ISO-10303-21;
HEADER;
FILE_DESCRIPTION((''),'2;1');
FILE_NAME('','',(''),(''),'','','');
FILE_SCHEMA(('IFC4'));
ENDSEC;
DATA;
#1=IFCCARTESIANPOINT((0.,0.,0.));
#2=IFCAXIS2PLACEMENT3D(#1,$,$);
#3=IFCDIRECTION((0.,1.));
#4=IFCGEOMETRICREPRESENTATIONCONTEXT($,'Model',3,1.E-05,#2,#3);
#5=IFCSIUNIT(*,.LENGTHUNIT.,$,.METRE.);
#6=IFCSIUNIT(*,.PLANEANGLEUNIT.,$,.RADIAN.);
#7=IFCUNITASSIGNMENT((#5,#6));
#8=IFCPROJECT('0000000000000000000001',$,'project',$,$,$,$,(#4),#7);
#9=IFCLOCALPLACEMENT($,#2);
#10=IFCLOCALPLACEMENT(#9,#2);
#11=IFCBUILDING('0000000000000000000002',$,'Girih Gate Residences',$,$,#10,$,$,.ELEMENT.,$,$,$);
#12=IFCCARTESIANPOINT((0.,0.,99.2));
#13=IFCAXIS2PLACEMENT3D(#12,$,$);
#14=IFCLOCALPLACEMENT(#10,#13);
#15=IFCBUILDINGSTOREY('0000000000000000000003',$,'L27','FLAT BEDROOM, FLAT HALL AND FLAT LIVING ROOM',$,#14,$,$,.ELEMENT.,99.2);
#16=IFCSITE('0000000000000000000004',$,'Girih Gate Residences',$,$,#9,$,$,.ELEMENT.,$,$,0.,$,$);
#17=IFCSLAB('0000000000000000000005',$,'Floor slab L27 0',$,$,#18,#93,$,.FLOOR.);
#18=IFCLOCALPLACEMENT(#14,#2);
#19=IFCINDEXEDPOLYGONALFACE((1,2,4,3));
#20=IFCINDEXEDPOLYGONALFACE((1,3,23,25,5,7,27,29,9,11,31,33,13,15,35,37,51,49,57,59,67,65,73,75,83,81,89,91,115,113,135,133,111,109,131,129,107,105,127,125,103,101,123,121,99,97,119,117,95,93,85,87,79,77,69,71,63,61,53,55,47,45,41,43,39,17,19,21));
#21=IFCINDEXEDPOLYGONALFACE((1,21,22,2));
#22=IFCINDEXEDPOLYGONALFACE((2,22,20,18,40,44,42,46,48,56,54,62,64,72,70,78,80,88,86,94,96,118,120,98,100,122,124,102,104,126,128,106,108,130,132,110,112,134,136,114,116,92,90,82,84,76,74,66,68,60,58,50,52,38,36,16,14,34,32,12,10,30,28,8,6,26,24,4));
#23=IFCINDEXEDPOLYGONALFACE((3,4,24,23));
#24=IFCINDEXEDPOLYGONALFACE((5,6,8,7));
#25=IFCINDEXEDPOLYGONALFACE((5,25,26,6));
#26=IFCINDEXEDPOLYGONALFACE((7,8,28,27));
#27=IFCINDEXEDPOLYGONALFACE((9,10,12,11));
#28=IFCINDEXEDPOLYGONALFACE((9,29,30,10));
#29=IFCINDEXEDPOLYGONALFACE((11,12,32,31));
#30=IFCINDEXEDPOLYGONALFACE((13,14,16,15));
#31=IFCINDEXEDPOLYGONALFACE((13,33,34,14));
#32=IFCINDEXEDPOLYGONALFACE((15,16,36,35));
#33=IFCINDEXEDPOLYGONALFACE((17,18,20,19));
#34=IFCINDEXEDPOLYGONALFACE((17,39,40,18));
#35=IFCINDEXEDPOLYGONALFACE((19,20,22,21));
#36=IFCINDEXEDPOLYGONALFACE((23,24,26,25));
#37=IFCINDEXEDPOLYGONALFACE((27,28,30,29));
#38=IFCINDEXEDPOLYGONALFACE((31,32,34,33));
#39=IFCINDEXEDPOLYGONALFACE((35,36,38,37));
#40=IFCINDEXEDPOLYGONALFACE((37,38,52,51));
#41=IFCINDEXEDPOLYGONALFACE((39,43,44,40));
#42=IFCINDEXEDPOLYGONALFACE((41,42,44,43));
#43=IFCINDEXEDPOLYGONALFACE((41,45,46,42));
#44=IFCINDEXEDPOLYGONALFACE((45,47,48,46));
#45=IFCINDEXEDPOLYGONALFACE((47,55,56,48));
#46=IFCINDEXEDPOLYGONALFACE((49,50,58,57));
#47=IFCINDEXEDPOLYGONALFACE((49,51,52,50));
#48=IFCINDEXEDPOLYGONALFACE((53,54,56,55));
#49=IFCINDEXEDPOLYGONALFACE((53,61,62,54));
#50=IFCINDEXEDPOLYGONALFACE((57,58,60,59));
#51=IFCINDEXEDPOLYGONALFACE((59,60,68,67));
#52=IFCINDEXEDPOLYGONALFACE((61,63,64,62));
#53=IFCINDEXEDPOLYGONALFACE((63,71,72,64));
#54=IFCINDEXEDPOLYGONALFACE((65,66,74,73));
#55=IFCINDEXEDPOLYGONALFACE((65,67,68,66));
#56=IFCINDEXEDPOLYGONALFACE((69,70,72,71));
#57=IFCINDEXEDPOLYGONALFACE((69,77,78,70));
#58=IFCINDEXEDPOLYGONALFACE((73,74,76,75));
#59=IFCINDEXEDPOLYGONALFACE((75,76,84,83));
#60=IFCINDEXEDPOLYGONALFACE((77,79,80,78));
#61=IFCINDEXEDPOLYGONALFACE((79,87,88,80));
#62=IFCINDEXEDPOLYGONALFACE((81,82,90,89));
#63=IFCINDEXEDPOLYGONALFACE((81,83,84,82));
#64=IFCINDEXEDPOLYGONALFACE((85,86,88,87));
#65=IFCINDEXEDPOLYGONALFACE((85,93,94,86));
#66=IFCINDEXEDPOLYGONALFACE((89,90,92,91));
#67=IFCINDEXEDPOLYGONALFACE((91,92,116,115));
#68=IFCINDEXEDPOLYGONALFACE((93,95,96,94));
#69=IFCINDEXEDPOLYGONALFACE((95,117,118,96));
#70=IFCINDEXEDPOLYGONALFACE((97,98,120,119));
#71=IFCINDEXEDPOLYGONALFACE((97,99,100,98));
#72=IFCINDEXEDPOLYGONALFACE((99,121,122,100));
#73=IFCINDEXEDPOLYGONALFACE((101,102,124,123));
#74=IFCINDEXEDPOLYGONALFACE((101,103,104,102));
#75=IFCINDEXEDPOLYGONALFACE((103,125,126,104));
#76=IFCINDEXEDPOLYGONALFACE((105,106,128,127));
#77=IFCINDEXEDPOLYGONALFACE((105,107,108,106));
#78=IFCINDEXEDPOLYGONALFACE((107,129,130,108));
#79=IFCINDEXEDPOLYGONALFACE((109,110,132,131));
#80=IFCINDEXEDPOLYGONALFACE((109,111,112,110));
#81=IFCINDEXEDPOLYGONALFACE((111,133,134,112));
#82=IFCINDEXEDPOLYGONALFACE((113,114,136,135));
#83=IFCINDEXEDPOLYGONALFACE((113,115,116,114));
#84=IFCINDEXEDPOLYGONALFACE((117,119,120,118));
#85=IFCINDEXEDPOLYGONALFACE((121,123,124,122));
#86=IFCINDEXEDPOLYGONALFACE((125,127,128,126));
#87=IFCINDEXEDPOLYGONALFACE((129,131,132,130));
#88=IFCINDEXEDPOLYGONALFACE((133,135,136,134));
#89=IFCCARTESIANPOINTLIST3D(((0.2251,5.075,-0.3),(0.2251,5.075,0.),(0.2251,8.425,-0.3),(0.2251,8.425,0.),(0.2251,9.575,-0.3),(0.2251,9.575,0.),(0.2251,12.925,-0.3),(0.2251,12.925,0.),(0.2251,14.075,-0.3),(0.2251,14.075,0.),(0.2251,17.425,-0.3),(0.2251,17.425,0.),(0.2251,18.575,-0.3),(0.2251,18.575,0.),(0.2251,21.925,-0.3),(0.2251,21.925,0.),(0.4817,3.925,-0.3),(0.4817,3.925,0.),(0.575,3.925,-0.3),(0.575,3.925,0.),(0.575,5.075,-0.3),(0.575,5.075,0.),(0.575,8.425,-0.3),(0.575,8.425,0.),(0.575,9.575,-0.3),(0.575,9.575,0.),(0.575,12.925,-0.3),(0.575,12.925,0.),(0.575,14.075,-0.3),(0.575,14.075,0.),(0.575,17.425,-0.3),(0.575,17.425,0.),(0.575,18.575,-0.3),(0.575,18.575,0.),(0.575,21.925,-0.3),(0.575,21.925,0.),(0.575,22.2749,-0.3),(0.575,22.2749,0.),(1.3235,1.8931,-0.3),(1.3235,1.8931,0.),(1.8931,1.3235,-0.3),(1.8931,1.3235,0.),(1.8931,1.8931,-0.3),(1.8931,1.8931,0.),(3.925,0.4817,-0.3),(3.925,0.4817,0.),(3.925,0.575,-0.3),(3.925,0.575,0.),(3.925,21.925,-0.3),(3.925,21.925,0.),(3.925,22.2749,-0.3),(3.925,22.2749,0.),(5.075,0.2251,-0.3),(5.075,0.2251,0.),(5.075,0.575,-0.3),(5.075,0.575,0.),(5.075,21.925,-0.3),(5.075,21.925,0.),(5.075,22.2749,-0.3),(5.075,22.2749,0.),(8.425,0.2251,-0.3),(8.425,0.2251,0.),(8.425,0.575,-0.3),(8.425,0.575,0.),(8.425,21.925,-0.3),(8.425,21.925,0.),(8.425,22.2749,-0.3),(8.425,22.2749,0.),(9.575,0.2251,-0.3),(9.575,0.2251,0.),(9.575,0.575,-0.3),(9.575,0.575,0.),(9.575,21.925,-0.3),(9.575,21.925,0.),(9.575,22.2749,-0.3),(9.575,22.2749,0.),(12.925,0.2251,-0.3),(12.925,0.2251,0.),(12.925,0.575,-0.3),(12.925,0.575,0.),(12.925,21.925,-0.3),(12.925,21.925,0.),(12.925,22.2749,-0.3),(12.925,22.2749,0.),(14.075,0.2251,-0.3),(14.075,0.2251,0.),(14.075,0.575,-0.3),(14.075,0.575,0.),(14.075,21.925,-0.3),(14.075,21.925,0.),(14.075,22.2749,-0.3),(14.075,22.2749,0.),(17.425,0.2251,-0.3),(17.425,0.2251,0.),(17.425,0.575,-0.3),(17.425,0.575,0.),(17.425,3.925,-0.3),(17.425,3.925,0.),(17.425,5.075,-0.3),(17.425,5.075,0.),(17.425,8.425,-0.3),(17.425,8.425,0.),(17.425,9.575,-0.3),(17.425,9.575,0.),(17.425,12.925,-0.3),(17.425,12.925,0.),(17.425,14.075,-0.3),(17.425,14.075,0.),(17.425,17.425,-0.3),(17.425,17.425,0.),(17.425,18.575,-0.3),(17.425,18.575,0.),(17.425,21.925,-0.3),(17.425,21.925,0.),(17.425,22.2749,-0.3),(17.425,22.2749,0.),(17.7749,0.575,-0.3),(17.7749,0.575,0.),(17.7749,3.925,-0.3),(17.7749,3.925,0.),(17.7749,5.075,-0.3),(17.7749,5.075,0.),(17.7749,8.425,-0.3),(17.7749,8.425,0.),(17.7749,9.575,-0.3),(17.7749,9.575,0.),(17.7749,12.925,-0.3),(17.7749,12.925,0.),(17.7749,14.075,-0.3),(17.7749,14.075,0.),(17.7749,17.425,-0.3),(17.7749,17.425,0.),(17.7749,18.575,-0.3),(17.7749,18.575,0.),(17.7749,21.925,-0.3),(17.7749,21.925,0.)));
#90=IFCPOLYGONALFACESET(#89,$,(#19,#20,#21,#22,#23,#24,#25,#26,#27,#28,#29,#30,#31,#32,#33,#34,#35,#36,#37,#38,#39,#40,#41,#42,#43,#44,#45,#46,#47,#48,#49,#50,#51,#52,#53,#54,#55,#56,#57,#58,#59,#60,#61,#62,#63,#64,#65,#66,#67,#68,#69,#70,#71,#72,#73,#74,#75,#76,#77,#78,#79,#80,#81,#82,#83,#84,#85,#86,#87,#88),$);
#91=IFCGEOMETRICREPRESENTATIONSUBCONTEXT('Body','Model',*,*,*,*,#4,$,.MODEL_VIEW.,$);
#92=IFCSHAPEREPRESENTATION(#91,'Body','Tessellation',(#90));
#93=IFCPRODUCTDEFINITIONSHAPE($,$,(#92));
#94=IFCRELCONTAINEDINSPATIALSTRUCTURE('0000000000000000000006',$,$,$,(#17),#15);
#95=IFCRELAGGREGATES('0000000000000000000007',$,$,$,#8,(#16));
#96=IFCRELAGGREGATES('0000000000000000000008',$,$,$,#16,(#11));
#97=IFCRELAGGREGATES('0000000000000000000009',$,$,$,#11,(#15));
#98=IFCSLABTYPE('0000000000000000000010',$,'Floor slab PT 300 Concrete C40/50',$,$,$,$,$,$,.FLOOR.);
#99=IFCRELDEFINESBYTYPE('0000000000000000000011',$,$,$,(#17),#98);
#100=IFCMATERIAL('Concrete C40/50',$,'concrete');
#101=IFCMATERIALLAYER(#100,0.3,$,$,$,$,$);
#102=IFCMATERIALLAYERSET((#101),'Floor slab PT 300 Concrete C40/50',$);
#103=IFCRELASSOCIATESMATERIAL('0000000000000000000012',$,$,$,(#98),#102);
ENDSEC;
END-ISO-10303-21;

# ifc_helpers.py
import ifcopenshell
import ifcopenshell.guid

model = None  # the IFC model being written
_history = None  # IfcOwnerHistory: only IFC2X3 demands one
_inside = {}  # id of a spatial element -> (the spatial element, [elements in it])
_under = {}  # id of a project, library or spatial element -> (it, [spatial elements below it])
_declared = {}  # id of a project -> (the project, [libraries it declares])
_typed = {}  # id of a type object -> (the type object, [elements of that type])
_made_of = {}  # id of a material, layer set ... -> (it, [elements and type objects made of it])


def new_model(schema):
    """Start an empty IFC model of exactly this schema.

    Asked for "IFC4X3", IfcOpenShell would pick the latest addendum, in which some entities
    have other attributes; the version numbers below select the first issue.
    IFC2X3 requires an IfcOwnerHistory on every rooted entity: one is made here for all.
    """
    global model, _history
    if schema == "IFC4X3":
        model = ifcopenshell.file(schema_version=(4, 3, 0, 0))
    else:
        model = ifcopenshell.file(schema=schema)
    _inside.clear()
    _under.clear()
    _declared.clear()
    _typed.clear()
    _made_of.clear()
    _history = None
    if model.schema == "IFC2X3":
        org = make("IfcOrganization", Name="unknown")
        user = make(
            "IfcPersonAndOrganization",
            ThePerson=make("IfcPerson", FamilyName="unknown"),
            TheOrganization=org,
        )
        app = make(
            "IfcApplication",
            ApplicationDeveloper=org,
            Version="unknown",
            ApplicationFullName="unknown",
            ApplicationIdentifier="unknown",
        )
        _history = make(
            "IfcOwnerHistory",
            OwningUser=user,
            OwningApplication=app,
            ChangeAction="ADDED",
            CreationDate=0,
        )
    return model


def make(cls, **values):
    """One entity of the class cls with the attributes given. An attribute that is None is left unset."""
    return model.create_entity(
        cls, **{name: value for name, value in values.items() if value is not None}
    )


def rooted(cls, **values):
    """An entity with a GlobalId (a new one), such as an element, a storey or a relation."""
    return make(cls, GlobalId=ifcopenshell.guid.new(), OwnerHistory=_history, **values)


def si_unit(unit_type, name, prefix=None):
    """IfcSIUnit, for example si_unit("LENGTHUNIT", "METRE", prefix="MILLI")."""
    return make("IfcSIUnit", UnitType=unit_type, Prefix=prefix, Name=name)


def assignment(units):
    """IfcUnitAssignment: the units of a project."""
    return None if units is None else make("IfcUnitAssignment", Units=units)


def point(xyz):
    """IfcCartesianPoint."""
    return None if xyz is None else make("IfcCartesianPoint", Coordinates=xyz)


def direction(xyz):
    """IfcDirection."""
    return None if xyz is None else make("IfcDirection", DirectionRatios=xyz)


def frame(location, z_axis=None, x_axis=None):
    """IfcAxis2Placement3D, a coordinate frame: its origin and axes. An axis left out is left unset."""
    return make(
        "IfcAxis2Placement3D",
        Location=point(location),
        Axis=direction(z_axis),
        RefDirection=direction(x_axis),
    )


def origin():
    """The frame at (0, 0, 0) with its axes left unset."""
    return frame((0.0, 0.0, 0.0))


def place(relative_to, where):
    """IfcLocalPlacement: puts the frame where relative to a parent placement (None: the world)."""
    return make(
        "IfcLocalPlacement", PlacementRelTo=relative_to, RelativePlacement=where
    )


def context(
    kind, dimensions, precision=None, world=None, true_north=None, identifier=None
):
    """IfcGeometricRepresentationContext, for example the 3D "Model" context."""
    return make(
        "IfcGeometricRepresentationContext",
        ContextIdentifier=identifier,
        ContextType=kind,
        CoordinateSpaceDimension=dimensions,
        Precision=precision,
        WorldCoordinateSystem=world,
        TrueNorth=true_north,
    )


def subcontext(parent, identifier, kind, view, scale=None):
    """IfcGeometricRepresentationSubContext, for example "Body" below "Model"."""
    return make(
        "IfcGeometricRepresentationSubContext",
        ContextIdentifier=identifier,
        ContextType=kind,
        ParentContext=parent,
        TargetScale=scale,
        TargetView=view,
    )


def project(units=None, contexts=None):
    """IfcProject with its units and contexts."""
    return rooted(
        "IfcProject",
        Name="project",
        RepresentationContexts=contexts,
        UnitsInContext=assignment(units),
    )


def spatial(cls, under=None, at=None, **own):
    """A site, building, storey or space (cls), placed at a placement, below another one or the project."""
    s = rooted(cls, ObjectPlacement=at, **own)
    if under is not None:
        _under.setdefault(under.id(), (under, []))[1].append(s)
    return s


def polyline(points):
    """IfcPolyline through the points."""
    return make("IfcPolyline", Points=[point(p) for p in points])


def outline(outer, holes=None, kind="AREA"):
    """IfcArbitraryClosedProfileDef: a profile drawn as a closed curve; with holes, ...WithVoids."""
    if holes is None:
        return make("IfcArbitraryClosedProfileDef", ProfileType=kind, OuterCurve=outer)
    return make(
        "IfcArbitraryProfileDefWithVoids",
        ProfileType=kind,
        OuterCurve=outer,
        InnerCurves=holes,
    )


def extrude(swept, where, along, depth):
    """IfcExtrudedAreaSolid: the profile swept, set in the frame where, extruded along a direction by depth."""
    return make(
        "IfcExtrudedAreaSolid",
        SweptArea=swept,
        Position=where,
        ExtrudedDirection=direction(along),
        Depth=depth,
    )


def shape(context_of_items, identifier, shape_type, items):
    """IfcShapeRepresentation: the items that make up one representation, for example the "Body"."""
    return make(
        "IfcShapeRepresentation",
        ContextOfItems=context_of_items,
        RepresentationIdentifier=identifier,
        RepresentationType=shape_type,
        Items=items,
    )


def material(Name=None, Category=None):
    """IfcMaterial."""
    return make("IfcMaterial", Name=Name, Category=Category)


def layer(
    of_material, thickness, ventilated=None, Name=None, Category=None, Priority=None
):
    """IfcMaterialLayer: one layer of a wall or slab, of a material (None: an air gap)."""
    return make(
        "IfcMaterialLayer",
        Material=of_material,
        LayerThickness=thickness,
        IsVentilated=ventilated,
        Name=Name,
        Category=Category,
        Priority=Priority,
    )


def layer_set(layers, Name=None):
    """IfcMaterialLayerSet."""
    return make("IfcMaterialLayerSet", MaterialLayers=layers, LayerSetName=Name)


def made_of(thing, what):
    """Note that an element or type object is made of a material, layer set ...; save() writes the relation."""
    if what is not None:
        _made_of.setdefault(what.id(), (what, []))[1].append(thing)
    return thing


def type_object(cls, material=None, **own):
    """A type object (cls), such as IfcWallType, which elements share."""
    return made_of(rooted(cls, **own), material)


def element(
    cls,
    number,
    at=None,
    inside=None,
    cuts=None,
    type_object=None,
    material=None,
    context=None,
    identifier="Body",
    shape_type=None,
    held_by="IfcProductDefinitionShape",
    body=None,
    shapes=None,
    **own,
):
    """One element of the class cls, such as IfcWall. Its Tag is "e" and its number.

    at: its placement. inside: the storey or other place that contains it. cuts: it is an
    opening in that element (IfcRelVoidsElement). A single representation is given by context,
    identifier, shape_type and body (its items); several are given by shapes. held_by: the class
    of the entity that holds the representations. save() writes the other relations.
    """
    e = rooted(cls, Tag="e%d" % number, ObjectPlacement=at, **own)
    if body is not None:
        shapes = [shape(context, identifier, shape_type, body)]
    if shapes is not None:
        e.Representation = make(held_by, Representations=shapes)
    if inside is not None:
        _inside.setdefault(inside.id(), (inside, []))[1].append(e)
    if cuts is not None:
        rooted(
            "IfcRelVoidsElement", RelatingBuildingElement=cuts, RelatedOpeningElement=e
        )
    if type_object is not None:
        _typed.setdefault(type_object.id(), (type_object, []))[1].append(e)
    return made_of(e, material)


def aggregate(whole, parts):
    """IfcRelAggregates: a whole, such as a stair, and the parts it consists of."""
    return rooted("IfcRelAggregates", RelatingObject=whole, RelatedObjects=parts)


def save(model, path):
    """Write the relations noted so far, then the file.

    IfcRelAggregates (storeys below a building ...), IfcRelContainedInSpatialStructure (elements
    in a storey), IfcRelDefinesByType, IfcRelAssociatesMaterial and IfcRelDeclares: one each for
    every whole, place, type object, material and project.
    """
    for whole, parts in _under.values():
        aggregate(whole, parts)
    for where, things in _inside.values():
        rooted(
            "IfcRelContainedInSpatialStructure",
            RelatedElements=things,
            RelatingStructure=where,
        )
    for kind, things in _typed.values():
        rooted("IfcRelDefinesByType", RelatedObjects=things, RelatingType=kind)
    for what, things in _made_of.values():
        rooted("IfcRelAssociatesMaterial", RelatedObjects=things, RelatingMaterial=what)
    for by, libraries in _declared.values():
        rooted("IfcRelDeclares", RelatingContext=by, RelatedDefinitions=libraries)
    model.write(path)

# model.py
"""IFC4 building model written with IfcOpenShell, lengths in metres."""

from ifc_helpers import new_model, si_unit, direction, frame, origin, place, context, subcontext, project, spatial, polyline, outline, extrude, material, layer, layer_set, type_object, element, save


model = new_model("IFC4")

# Units and contexts
model_context = context("Model", 3, precision=1e-05, world=origin(), true_north=direction((0.0, 1.0)))
body_context = subcontext(model_context, "Body", "Model", "MODEL_VIEW")
ifc_project = project(units=[si_unit("LENGTHUNIT", "METRE"), si_unit("PLANEANGLEUNIT", "RADIAN")], contexts=[model_context])

# Site, building, storey
site_placement = place(None, origin())
site = spatial("IfcSite", under=ifc_project, at=site_placement, Name="Girih Gate Residences", CompositionType="ELEMENT", RefElevation=0.0)
building_placement = place(site_placement, origin())
building = spatial("IfcBuilding", under=site, at=building_placement, Name="Girih Gate Residences", CompositionType="ELEMENT")
storey_placement = place(building_placement, frame((0.0, 0.0, 99.2)))
storey = spatial("IfcBuildingStorey", under=building, at=storey_placement, Name="L27", Description="FLAT BEDROOM, FLAT HALL AND FLAT LIVING ROOM", CompositionType="ELEMENT", Elevation=99.2)

# Slab
ifc_material_1 = material(Name="Concrete C40/50", Category="concrete")
ifc_layer_1 = layer(ifc_material_1, 0.3)
ifc_layer_set_1 = layer_set([ifc_layer_1], Name="Floor slab PT 300 Concrete C40/50")
slab_type_1 = type_object("IfcSlabType", Name="Floor slab PT 300 Concrete C40/50", PredefinedType="FLOOR", material=ifc_layer_set_1)
slab_1_placement = place(storey_placement, frame((0.0, 0.0, -0.3)))
element("IfcSlab", 1, at=slab_1_placement, inside=storey, type_object=slab_type_1, Name="Floor slab L27 0", PredefinedType="FLOOR", context=body_context, shape_type="SweptSolid", body=[
    extrude(outline(polyline([(0.2251, 8.425), (0.2251, 5.075), (0.575, 5.075), (0.575, 3.925), (0.4817, 3.925), (1.3235, 1.8931), (1.8931, 1.8931), (1.8931, 1.3235), (3.925, 0.4817), (3.925, 0.575), (5.075, 0.575), (5.075, 0.2251), (8.425, 0.2251), (8.425, 0.575), (9.575, 0.575), (9.575, 0.2251), (12.925, 0.2251), (12.925, 0.575), (14.075, 0.575), (14.075, 0.2251), (17.425, 0.2251), (17.425, 0.575), (17.7749, 0.575), (17.7749, 3.925), (17.425, 3.925), (17.425, 5.075), (17.7749, 5.075), (17.7749, 8.425), (17.425, 8.425), (17.425, 9.575), (17.7749, 9.575), (17.7749, 12.925), (17.425, 12.925), (17.425, 14.075), (17.7749, 14.075), (17.7749, 17.425), (17.425, 17.425), (17.425, 18.575), (17.7749, 18.575), (17.7749, 21.925), (17.425, 21.925), (17.425, 22.2749), (14.075, 22.2749), (14.075, 21.925), (12.925, 21.925), (12.925, 22.2749), (9.575, 22.2749), (9.575, 21.925), (8.425, 21.925), (8.425, 22.2749), (5.075, 22.2749), (5.075, 21.925), (3.925, 21.925), (3.925, 22.2749), (0.575, 22.2749), (0.575, 21.925), (0.2251, 21.925), (0.2251, 18.575), (0.575, 18.575), (0.575, 17.425), (0.2251, 17.425), (0.2251, 14.075), (0.575, 14.075), (0.575, 12.925), (0.2251, 12.925), (0.2251, 9.575), (0.575, 9.575), (0.575, 8.425), (0.2251, 8.425)])), origin(), (0.0, 0.0, 1.0), 0.3),
])

save(model, "model.ifc")
